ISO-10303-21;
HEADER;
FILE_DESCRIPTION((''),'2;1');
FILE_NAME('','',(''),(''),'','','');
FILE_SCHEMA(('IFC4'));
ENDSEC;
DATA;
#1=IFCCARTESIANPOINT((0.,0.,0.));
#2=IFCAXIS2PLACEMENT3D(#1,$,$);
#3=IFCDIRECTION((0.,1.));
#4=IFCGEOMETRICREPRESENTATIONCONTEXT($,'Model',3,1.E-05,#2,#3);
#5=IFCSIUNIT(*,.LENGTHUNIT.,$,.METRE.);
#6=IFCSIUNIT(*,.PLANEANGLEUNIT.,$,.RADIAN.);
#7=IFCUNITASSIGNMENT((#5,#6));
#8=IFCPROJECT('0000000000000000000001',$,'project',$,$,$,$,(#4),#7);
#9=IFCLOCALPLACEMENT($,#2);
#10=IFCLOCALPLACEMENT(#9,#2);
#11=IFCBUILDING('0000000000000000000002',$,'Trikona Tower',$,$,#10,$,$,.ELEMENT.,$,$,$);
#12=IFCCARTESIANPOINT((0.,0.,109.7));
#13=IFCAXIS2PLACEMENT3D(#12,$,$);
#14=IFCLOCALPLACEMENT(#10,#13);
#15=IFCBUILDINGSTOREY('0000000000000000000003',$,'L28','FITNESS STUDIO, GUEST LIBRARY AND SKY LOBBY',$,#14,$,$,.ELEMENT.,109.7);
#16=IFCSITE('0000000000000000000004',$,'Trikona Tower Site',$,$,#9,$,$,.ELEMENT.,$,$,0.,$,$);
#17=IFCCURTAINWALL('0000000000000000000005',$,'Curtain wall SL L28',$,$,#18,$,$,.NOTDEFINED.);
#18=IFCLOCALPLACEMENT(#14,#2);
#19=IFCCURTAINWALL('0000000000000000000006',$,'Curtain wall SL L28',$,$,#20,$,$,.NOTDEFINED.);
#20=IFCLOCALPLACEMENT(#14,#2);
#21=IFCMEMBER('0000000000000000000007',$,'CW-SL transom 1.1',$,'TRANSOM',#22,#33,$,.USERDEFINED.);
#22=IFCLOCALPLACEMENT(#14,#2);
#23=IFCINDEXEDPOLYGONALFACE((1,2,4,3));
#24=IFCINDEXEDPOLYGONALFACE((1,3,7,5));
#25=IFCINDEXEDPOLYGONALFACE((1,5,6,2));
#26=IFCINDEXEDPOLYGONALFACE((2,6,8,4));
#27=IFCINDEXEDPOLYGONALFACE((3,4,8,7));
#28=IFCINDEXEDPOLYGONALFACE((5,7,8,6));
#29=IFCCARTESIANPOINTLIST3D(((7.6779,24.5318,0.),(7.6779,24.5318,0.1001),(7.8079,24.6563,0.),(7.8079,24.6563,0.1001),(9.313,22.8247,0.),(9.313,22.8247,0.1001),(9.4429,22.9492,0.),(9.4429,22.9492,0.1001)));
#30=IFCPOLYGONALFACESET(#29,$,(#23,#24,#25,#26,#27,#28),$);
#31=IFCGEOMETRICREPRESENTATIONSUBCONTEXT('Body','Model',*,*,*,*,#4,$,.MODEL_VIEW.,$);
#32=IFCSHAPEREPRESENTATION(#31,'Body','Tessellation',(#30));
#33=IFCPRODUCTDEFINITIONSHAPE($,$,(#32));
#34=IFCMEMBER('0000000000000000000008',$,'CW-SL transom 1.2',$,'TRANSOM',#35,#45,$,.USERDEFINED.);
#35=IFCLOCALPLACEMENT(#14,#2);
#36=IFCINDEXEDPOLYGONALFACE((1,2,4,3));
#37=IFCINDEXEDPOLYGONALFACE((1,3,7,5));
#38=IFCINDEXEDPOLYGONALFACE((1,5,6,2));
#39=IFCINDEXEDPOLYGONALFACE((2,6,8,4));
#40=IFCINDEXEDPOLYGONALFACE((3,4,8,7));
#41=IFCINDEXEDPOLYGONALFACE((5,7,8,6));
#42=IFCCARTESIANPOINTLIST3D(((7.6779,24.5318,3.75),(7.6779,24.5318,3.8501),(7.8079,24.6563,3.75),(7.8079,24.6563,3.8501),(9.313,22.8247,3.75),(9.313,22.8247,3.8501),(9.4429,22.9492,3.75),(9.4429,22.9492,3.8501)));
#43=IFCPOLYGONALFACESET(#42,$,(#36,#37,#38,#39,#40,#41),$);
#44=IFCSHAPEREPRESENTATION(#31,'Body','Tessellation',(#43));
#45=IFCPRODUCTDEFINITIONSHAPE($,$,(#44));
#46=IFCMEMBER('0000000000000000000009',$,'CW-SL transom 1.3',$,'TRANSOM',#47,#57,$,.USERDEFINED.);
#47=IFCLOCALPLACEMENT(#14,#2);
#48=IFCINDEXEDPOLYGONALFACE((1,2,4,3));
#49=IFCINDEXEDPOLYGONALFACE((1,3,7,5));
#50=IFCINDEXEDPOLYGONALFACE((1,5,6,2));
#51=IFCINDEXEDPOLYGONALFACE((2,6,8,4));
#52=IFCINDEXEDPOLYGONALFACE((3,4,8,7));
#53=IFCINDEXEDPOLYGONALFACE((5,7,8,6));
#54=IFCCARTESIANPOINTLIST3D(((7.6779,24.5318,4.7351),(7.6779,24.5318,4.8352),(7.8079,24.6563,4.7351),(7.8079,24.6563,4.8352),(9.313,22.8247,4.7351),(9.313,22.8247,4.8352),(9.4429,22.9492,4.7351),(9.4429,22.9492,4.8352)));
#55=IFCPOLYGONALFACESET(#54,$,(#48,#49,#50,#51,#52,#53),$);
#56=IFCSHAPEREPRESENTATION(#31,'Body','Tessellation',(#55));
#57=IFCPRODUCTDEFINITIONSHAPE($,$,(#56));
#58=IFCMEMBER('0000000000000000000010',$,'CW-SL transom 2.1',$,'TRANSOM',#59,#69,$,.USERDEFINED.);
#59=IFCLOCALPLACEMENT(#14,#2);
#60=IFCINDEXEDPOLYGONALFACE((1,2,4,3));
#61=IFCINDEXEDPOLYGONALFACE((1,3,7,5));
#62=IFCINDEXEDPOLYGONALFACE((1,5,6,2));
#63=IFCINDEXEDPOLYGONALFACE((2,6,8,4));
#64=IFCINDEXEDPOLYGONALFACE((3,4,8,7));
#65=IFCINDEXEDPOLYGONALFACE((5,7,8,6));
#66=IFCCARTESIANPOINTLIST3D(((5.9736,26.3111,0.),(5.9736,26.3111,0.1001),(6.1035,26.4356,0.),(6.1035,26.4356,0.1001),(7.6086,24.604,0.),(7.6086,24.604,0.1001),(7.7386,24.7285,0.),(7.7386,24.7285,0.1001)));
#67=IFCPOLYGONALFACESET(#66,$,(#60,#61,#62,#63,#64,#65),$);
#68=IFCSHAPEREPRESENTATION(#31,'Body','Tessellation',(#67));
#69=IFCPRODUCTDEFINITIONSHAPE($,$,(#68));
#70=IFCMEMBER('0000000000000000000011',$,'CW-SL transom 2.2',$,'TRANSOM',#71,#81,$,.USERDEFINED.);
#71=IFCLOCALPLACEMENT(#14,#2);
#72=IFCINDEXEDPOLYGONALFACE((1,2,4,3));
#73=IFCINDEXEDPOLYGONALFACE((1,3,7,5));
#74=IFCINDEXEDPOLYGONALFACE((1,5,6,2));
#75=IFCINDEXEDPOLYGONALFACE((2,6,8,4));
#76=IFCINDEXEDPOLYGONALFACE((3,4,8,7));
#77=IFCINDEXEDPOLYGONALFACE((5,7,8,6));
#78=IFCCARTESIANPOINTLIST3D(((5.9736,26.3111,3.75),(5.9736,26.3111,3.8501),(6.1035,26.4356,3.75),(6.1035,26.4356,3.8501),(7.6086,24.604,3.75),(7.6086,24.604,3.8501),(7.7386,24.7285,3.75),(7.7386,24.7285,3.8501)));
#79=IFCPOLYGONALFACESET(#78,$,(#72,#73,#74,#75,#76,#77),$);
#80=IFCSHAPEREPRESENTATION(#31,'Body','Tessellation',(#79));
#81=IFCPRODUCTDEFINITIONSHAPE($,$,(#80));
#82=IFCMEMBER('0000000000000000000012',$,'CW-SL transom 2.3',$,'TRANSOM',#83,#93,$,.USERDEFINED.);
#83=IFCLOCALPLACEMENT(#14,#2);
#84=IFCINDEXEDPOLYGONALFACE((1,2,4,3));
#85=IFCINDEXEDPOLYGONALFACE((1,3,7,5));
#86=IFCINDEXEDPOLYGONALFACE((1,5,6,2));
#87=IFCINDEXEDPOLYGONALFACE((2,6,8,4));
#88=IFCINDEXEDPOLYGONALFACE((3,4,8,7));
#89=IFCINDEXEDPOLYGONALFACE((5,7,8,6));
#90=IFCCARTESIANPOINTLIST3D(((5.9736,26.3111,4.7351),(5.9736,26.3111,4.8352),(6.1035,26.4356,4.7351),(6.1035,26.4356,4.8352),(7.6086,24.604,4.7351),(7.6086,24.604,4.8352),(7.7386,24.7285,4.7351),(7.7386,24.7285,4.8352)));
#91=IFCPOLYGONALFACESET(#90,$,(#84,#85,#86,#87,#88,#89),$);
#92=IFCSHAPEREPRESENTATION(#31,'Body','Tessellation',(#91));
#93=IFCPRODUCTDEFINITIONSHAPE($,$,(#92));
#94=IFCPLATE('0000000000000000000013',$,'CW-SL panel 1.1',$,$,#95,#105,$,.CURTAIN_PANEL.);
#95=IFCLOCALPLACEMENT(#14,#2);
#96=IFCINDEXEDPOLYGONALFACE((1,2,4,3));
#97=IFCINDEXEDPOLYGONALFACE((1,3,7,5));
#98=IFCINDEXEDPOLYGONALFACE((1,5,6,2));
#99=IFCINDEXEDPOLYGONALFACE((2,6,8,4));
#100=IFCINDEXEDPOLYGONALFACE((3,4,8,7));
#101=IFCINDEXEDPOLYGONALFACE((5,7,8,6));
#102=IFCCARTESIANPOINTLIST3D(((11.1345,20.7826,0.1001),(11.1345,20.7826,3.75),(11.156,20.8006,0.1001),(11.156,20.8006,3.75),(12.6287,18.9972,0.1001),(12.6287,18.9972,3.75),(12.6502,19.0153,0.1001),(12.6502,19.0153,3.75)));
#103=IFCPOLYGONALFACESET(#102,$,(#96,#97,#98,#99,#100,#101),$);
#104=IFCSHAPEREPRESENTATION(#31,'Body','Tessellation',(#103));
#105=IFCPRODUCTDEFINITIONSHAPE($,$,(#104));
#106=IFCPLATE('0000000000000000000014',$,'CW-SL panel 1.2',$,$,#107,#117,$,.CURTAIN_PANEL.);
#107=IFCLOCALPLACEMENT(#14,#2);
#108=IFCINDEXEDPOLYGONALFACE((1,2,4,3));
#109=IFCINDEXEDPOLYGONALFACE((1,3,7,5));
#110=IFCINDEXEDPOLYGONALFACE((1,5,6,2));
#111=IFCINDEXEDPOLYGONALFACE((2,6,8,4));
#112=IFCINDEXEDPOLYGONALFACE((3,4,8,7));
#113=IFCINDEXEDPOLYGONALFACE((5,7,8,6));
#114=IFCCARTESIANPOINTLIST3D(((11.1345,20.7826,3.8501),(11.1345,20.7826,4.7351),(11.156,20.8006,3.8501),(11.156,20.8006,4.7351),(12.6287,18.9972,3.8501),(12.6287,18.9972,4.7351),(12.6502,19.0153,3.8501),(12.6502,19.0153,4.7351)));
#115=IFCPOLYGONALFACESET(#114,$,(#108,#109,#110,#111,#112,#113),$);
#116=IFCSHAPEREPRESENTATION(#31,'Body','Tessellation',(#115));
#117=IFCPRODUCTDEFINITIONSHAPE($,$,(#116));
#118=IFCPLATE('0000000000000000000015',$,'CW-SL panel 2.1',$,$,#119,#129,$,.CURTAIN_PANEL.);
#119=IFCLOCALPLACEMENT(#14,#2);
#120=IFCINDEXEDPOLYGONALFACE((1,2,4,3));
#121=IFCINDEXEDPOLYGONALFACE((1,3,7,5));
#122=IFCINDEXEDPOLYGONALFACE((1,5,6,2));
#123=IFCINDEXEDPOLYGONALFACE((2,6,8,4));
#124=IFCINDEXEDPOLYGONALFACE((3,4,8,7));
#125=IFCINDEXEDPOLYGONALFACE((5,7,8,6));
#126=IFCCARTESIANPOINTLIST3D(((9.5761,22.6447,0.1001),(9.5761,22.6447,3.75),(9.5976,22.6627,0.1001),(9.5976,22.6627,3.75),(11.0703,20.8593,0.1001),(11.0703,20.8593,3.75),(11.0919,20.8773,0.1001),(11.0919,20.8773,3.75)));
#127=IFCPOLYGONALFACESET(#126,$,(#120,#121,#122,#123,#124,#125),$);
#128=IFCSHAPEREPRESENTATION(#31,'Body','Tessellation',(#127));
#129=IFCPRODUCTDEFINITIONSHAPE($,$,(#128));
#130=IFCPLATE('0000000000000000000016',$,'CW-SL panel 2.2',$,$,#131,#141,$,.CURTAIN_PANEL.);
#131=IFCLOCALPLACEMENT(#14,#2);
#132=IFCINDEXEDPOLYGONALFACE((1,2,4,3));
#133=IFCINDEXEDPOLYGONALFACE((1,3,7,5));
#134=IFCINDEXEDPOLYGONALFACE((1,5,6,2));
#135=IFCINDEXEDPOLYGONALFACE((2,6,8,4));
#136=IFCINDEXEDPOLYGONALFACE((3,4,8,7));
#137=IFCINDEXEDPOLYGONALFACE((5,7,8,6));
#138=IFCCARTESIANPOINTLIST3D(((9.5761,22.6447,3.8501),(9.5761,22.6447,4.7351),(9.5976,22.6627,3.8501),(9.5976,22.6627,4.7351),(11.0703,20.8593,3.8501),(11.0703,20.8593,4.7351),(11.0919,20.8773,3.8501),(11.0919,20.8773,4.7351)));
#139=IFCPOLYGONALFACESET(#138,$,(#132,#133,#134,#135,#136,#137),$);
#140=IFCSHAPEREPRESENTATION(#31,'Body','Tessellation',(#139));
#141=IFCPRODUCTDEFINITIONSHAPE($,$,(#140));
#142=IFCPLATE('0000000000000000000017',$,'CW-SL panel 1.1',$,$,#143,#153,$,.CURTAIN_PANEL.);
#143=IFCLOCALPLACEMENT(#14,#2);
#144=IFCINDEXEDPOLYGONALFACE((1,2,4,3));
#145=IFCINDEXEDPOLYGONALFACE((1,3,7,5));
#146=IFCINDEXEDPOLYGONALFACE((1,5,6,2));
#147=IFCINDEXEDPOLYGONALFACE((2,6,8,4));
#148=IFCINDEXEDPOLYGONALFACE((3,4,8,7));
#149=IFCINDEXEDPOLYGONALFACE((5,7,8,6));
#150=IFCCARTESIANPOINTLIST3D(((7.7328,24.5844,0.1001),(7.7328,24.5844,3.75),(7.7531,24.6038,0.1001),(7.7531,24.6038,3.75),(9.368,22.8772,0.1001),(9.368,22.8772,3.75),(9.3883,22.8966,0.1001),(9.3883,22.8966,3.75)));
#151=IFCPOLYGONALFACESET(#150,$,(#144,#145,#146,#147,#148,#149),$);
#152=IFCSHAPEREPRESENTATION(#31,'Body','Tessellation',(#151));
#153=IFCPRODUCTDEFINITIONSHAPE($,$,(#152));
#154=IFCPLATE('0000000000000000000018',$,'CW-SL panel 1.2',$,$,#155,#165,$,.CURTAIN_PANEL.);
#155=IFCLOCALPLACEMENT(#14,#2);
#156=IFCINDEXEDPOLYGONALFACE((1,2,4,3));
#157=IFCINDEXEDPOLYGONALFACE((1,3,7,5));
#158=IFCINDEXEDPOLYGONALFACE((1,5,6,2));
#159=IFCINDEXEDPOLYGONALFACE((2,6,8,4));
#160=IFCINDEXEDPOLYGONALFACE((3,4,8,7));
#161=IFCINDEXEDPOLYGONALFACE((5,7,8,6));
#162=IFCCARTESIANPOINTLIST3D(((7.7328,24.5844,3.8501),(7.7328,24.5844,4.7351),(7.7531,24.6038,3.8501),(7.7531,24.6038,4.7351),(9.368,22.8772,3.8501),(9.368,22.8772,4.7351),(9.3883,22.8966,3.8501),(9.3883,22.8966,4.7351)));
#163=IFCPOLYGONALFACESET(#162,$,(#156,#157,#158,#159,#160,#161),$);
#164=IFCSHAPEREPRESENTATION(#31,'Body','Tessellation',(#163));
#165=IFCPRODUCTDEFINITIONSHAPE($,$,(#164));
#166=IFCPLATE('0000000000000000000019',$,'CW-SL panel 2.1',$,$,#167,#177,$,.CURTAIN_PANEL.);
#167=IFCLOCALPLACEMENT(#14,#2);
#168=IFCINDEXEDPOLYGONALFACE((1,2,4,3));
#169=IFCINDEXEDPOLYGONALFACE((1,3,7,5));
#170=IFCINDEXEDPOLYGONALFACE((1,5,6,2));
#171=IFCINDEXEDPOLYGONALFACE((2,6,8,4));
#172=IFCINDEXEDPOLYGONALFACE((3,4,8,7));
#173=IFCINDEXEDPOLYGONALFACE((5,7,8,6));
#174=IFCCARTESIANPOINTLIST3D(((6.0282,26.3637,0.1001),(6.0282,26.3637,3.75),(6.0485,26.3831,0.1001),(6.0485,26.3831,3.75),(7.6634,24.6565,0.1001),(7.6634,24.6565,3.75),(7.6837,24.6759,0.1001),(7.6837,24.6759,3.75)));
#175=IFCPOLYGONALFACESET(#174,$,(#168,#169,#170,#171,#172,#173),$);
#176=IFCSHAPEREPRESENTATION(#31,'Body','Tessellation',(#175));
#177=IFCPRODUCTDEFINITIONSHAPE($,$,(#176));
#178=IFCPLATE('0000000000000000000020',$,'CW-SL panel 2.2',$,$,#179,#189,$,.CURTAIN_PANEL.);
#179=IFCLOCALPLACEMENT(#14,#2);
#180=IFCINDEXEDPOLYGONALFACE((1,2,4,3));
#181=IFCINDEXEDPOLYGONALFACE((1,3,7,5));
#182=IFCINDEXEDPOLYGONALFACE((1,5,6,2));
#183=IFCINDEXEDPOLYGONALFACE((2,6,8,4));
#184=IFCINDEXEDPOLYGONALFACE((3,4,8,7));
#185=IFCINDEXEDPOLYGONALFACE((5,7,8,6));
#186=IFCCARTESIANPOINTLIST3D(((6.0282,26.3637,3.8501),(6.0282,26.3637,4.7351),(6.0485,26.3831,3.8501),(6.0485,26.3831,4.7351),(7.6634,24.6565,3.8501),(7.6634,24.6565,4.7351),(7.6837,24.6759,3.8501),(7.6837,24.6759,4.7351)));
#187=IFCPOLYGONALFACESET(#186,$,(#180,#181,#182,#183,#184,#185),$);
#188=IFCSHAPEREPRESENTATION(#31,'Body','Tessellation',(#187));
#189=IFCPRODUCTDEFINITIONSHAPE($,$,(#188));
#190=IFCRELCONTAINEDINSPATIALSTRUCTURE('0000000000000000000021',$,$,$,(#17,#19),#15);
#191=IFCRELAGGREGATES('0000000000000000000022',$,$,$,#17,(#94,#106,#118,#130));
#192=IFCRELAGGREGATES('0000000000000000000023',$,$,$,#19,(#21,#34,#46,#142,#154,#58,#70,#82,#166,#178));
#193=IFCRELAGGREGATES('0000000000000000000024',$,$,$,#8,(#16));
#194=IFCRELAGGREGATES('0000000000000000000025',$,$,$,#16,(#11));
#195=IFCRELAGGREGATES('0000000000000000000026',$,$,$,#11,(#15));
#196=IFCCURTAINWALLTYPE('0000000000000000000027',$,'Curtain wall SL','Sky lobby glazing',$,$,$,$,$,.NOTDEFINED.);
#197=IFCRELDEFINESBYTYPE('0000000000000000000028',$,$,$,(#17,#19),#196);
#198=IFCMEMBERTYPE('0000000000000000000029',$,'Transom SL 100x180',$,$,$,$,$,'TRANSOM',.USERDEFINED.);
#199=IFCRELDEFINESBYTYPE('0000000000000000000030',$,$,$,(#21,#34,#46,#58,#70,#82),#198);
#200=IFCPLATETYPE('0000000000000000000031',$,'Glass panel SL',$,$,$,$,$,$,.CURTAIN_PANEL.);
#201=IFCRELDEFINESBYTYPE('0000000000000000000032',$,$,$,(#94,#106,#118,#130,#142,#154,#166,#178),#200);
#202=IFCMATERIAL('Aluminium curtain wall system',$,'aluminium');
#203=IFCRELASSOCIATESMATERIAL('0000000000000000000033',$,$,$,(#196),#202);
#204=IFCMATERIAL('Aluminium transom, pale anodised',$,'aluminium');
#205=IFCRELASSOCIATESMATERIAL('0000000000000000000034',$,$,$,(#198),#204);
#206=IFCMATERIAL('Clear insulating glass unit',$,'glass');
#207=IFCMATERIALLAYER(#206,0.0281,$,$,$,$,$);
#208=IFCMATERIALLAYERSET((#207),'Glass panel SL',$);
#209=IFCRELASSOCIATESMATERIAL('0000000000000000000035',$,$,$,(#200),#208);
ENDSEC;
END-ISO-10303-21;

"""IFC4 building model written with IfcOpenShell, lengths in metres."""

from ifc_helpers import new_model, si_unit, direction, frame, origin, origin_2d, place, context, subcontext, project, spatial, rectangle, extrude, material, layer, layer_set, material_profile, profile_set, type_object, element, aggregate, save


model = new_model("IFC4")

# Units and contexts
model_context = context("Model", 3, precision=1e-05, world=origin(), true_north=direction((0.0, 1.0)))
body_context = subcontext(model_context, "Body", "Model", "MODEL_VIEW")
ifc_project = project(units=[si_unit("LENGTHUNIT", "METRE"), si_unit("PLANEANGLEUNIT", "RADIAN")], contexts=[model_context])

# Site, building, storey
site_placement = place(None, origin())
site = spatial("IfcSite", under=ifc_project, at=site_placement, Name="Trikona Tower Site", CompositionType="ELEMENT", RefElevation=0.0)
building_placement = place(site_placement, origin())
building = spatial("IfcBuilding", under=site, at=building_placement, Name="Trikona Tower", CompositionType="ELEMENT")
storey_placement = place(building_placement, frame((0.0, 0.0, 109.7)))
storey = spatial("IfcBuildingStorey", under=building, at=storey_placement, Name="L28", Description="FITNESS STUDIO, GUEST LIBRARY AND SKY LOBBY", CompositionType="ELEMENT", Elevation=109.7)

# Curtain walls
ifc_material_1 = material(Name="Aluminium curtain wall system", Category="aluminium")
curtain_wall_type = type_object("IfcCurtainWallType", Name="Curtain wall SL", Description="Sky lobby glazing", PredefinedType="NOTDEFINED", material=ifc_material_1)
curtain_wall_1_placement = place(storey_placement, origin())
curtain_wall_1 = element("IfcCurtainWall", 1, at=curtain_wall_1_placement, inside=storey, type_object=curtain_wall_type, Name="Curtain wall SL L28", PredefinedType="NOTDEFINED")
curtain_wall_2_placement = place(storey_placement, origin())
curtain_wall_2 = element("IfcCurtainWall", 2, at=curtain_wall_2_placement, inside=storey, type_object=curtain_wall_type, Name="Curtain wall SL L28", PredefinedType="NOTDEFINED")

# Members
ifc_material_2 = material(Name="Aluminium transom, pale anodised", Category="aluminium")
ifc_material_profile_1 = material_profile(ifc_material_2, rectangle(XDim=0.1799, YDim=0.1001, at=origin_2d()), Name="TRN-SL")
ifc_profile_set_1 = profile_set([ifc_material_profile_1], Name="Aluminium transom, pale anodised")
member_type_1 = type_object("IfcMemberType", Name="Transom SL 100x180", ElementType="TRANSOM", PredefinedType="USERDEFINED", material=ifc_profile_set_1)
member_1_placement = place(storey_placement, frame((9.3779, 22.887, 0.05), z_axis=(-0.691708, 0.722177, 0.0), x_axis=(-0.722177, -0.691708, 0.0)))
member_1 = element("IfcMember", 3, at=member_1_placement, type_object=member_type_1, Name="CW-SL transom 1.1", ObjectType="TRANSOM", PredefinedType="USERDEFINED", context=body_context, shape_type="SweptSolid", body=[
    extrude(rectangle(XDim=0.1799, YDim=0.1001, at=origin_2d()), origin(), (0.0, 0.0, 1.0), 2.3638),
])
member_2_placement = place(storey_placement, frame((9.3779, 22.887, 3.8), z_axis=(-0.691708, 0.722177, 0.0), x_axis=(-0.722177, -0.691708, 0.0)))
member_2 = element("IfcMember", 4, at=member_2_placement, type_object=member_type_1, Name="CW-SL transom 1.2", ObjectType="TRANSOM", PredefinedType="USERDEFINED", context=body_context, shape_type="SweptSolid", body=[
    extrude(rectangle(XDim=0.1799, YDim=0.1001, at=origin_2d()), origin(), (0.0, 0.0, 1.0), 2.3638),
])
member_3_placement = place(storey_placement, frame((9.3779, 22.887, 4.7852), z_axis=(-0.691708, 0.722177, 0.0), x_axis=(-0.722177, -0.691708, 0.0)))
member_3 = element("IfcMember", 5, at=member_3_placement, type_object=member_type_1, Name="CW-SL transom 1.3", ObjectType="TRANSOM", PredefinedType="USERDEFINED", context=body_context, shape_type="SweptSolid", body=[
    extrude(rectangle(XDim=0.1799, YDim=0.1001, at=origin_2d()), origin(), (0.0, 0.0, 1.0), 2.3638),
])
member_4_placement = place(storey_placement, frame((7.6736, 24.6663, 0.05), z_axis=(-0.691708, 0.722177, 0.0), x_axis=(-0.722177, -0.691708, 0.0)))
member_4 = element("IfcMember", 6, at=member_4_placement, type_object=member_type_1, Name="CW-SL transom 2.1", ObjectType="TRANSOM", PredefinedType="USERDEFINED", context=body_context, shape_type="SweptSolid", body=[
    extrude(rectangle(XDim=0.1799, YDim=0.1001, at=origin_2d()), origin(), (0.0, 0.0, 1.0), 2.3638),
])
member_5_placement = place(storey_placement, frame((7.6736, 24.6663, 3.8), z_axis=(-0.691708, 0.722177, 0.0), x_axis=(-0.722177, -0.691708, 0.0)))
member_5 = element("IfcMember", 7, at=member_5_placement, type_object=member_type_1, Name="CW-SL transom 2.2", ObjectType="TRANSOM", PredefinedType="USERDEFINED", context=body_context, shape_type="SweptSolid", body=[
    extrude(rectangle(XDim=0.1799, YDim=0.1001, at=origin_2d()), origin(), (0.0, 0.0, 1.0), 2.3638),
])
member_6_placement = place(storey_placement, frame((7.6736, 24.6663, 4.7852), z_axis=(-0.691708, 0.722177, 0.0), x_axis=(-0.722177, -0.691708, 0.0)))
member_6 = element("IfcMember", 8, at=member_6_placement, type_object=member_type_1, Name="CW-SL transom 2.3", ObjectType="TRANSOM", PredefinedType="USERDEFINED", context=body_context, shape_type="SweptSolid", body=[
    extrude(rectangle(XDim=0.1799, YDim=0.1001, at=origin_2d()), origin(), (0.0, 0.0, 1.0), 2.3638),
])

# Plates
ifc_material_3 = material(Name="Clear insulating glass unit", Category="glass")
ifc_layer_1 = layer(ifc_material_3, 0.0281)
ifc_layer_set_1 = layer_set([ifc_layer_1], Name="Glass panel SL")
plate_type = type_object("IfcPlateType", Name="Glass panel SL", PredefinedType="CURTAIN_PANEL", material=ifc_layer_set_1)
plate_1_placement = place(storey_placement, frame((11.8923, 19.8989, 0.1001), z_axis=(0.0, 0.0, 1.0), x_axis=(-0.641806, 0.766867, 0.0)))
plate_1 = element("IfcPlate", 9, at=plate_1_placement, type_object=plate_type, Name="CW-SL panel 1.1", PredefinedType="CURTAIN_PANEL", context=body_context, shape_type="SweptSolid", body=[
    extrude(rectangle(XDim=2.3281, YDim=0.0281, at=origin_2d()), origin(), (0.0, 0.0, 1.0), 3.6499),
])
plate_2_placement = place(storey_placement, frame((11.8923, 19.8989, 3.8501), z_axis=(0.0, 0.0, 1.0), x_axis=(-0.641806, 0.766867, 0.0)))
plate_2 = element("IfcPlate", 10, at=plate_2_placement, type_object=plate_type, Name="CW-SL panel 1.2", PredefinedType="CURTAIN_PANEL", context=body_context, shape_type="SweptSolid", body=[
    extrude(rectangle(XDim=2.3281, YDim=0.0281, at=origin_2d()), origin(), (0.0, 0.0, 1.0), 0.885),
])
plate_3_placement = place(storey_placement, frame((10.334, 21.761, 0.1001), z_axis=(0.0, 0.0, 1.0), x_axis=(-0.641806, 0.766867, 0.0)))
plate_3 = element("IfcPlate", 11, at=plate_3_placement, type_object=plate_type, Name="CW-SL panel 2.1", PredefinedType="CURTAIN_PANEL", context=body_context, shape_type="SweptSolid", body=[
    extrude(rectangle(XDim=2.3281, YDim=0.0281, at=origin_2d()), origin(), (0.0, 0.0, 1.0), 3.6499),
])
plate_4_placement = place(storey_placement, frame((10.334, 21.761, 3.8501), z_axis=(0.0, 0.0, 1.0), x_axis=(-0.641806, 0.766867, 0.0)))
plate_4 = element("IfcPlate", 12, at=plate_4_placement, type_object=plate_type, Name="CW-SL panel 2.2", PredefinedType="CURTAIN_PANEL", context=body_context, shape_type="SweptSolid", body=[
    extrude(rectangle(XDim=2.3281, YDim=0.0281, at=origin_2d()), origin(), (0.0, 0.0, 1.0), 0.885),
])
aggregate(curtain_wall_1, [plate_1, plate_2, plate_3, plate_4])
plate_5_placement = place(storey_placement, frame((8.5605, 23.7405, 0.1001), z_axis=(0.0, 0.0, 1.0), x_axis=(-0.691728, 0.722158, 0.0)))
plate_5 = element("IfcPlate", 13, at=plate_5_placement, type_object=plate_type, Name="CW-SL panel 1.1", PredefinedType="CURTAIN_PANEL", context=body_context, shape_type="SweptSolid", body=[
    extrude(rectangle(XDim=2.364, YDim=0.0281, at=origin_2d()), origin(), (0.0, 0.0, 1.0), 3.6499),
])
plate_6_placement = place(storey_placement, frame((8.5605, 23.7405, 3.8501), z_axis=(0.0, 0.0, 1.0), x_axis=(-0.691728, 0.722158, 0.0)))
plate_6 = element("IfcPlate", 14, at=plate_6_placement, type_object=plate_type, Name="CW-SL panel 1.2", PredefinedType="CURTAIN_PANEL", context=body_context, shape_type="SweptSolid", body=[
    extrude(rectangle(XDim=2.364, YDim=0.0281, at=origin_2d()), origin(), (0.0, 0.0, 1.0), 0.885),
])
plate_7_placement = place(storey_placement, frame((6.856, 25.5198, 0.1001), z_axis=(0.0, 0.0, 1.0), x_axis=(-0.691728, 0.722158, 0.0)))
plate_7 = element("IfcPlate", 15, at=plate_7_placement, type_object=plate_type, Name="CW-SL panel 2.1", PredefinedType="CURTAIN_PANEL", context=body_context, shape_type="SweptSolid", body=[
    extrude(rectangle(XDim=2.364, YDim=0.0281, at=origin_2d()), origin(), (0.0, 0.0, 1.0), 3.6499),
])
plate_8_placement = place(storey_placement, frame((6.856, 25.5198, 3.8501), z_axis=(0.0, 0.0, 1.0), x_axis=(-0.691728, 0.722158, 0.0)))
plate_8 = element("IfcPlate", 16, at=plate_8_placement, type_object=plate_type, Name="CW-SL panel 2.2", PredefinedType="CURTAIN_PANEL", context=body_context, shape_type="SweptSolid", body=[
    extrude(rectangle(XDim=2.364, YDim=0.0281, at=origin_2d()), origin(), (0.0, 0.0, 1.0), 0.885),
])
aggregate(curtain_wall_2, [member_1, member_2, member_3, plate_5, plate_6, member_4, member_5, member_6, plate_7, plate_8])

save(model, "model.ifc")
